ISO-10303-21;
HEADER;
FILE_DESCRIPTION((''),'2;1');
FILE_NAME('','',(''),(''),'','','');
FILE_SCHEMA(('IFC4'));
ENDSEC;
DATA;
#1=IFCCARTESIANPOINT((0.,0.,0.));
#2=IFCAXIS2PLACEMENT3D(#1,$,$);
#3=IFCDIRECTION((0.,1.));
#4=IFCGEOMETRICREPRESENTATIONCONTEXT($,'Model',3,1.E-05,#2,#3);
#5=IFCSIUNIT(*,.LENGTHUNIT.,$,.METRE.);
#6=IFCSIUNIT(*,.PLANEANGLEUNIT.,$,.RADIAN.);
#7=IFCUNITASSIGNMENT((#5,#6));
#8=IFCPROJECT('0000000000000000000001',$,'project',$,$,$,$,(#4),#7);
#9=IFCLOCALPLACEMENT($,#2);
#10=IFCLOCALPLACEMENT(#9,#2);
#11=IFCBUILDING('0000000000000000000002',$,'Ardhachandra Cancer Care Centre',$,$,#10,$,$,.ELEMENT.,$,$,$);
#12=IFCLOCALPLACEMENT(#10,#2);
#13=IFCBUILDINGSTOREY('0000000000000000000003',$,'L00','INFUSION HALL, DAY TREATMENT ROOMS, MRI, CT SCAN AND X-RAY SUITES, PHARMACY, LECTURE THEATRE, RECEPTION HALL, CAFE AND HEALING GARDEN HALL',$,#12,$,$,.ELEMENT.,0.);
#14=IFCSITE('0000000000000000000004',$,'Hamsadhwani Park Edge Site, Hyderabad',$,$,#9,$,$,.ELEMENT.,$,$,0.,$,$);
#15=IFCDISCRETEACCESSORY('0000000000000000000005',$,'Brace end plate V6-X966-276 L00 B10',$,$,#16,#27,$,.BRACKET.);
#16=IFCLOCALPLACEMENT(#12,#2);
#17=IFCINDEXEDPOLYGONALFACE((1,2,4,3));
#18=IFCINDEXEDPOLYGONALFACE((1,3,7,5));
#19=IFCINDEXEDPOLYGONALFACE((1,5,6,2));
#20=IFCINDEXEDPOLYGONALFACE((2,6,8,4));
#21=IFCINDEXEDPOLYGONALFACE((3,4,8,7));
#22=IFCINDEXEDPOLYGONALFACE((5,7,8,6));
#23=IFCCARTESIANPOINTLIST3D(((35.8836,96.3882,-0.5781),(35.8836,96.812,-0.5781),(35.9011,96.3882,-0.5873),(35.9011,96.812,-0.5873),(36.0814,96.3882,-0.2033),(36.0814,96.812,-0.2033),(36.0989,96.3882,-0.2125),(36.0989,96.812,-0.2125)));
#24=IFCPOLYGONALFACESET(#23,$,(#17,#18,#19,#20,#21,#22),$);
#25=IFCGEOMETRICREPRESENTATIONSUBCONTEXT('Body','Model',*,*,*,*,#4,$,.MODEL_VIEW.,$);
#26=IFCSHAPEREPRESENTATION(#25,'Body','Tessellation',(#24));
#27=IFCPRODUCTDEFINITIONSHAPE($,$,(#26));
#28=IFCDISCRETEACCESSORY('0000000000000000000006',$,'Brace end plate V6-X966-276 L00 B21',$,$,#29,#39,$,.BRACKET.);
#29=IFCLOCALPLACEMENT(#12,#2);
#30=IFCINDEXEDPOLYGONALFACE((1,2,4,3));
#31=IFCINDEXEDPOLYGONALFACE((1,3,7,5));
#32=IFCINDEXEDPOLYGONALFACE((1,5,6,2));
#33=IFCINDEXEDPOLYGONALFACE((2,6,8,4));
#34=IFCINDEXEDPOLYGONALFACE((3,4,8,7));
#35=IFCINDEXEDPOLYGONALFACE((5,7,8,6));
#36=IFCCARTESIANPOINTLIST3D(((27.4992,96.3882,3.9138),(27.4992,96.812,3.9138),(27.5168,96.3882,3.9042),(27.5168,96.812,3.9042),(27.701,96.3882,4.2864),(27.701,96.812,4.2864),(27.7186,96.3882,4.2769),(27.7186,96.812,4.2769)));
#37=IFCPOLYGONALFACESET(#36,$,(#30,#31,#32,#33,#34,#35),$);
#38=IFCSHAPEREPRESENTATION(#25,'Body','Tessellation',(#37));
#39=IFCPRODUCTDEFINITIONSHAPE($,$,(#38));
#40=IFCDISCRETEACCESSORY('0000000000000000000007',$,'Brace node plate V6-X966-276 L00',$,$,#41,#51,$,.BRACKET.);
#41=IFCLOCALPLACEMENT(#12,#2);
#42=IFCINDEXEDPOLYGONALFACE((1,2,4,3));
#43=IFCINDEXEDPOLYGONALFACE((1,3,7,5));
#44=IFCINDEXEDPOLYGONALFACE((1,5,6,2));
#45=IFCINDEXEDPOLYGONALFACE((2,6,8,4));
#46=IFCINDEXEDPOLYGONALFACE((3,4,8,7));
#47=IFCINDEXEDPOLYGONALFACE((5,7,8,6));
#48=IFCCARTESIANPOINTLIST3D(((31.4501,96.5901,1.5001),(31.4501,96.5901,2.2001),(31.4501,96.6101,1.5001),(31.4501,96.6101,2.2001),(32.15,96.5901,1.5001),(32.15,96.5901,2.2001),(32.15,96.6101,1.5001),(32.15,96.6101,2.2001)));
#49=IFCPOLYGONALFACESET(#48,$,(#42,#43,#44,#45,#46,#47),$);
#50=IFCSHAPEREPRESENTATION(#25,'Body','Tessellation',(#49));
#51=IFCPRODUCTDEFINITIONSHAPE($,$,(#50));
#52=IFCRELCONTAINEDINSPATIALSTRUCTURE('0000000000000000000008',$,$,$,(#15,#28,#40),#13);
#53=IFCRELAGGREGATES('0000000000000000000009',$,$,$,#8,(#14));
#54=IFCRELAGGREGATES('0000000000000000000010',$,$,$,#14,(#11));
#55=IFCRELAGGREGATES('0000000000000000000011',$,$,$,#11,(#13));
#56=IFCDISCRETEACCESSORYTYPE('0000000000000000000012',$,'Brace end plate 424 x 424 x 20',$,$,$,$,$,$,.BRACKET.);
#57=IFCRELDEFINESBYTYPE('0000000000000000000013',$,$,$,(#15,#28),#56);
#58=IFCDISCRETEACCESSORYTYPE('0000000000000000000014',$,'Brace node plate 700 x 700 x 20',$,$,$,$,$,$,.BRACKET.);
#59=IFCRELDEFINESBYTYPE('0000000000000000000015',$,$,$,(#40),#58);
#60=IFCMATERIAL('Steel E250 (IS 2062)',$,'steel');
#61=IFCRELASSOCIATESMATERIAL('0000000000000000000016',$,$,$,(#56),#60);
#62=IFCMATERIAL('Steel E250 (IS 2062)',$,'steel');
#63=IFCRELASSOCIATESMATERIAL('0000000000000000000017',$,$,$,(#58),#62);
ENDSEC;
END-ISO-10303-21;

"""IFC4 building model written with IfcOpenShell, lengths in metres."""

from ifc_helpers import new_model, si_unit, direction, frame, origin, origin_2d, place, context, subcontext, project, spatial, rectangle, extrude, material, material_profile, profile_set, type_object, element, save


model = new_model("IFC4")

# Units and contexts
model_context = context("Model", 3, precision=1e-05, world=origin(), true_north=direction((0.0, 1.0)))
body_context = subcontext(model_context, "Body", "Model", "MODEL_VIEW")
ifc_project = project(units=[si_unit("LENGTHUNIT", "METRE"), si_unit("PLANEANGLEUNIT", "RADIAN")], contexts=[model_context])

# Site, building, storey
site_placement = place(None, origin())
site = spatial("IfcSite", under=ifc_project, at=site_placement, Name="Hamsadhwani Park Edge Site, Hyderabad", CompositionType="ELEMENT", RefElevation=0.0)
building_placement = place(site_placement, origin())
building = spatial("IfcBuilding", under=site, at=building_placement, Name="Ardhachandra Cancer Care Centre", CompositionType="ELEMENT")
storey_placement = place(building_placement, origin())
storey = spatial("IfcBuildingStorey", under=building, at=storey_placement, Name="L00", Description="INFUSION HALL, DAY TREATMENT ROOMS, MRI, CT SCAN AND X-RAY SUITES, PHARMACY, LECTURE THEATRE, RECEPTION HALL, CAFE AND HEALING GARDEN HALL", CompositionType="ELEMENT", Elevation=0.0)

# Discrete accessories
ifc_material_1 = material(Name="Steel E250 (IS 2062)", Category="steel")
ifc_material_profile_1 = material_profile(ifc_material_1, rectangle(XDim=0.4238, YDim=0.4238, at=origin_2d()), Name="PL 424x424x20")
ifc_profile_set_1 = profile_set([ifc_material_profile_1], Name="Steel E250 (IS 2062)")
discrete_accessory_type_1 = type_object("IfcDiscreteAccessoryType", Name="Brace end plate 424 x 424 x 20", PredefinedType="BRACKET", material=ifc_profile_set_1)
discrete_accessory_1_placement = place(storey_placement, frame((36.0, 96.6001, -0.3999), z_axis=(-0.884385, 0.0, 0.466759), x_axis=(0.0, -1.0, 0.0)))
element("IfcDiscreteAccessory", 1, at=discrete_accessory_1_placement, inside=storey, type_object=discrete_accessory_type_1, Name="Brace end plate V6-X966-276 L00 B10", PredefinedType="BRACKET", context=body_context, shape_type="SweptSolid", body=[
    extrude(rectangle(XDim=0.4238, YDim=0.4238, at=origin_2d()), origin(), (0.0, 0.0, 1.0), 0.0198),
])
discrete_accessory_2_placement = place(storey_placement, frame((27.6001, 96.6001, 4.1001), z_axis=(0.879292, 0.0, -0.476283), x_axis=(0.0, 1.0, 0.0)))
element("IfcDiscreteAccessory", 2, at=discrete_accessory_2_placement, inside=storey, type_object=discrete_accessory_type_1, Name="Brace end plate V6-X966-276 L00 B21", PredefinedType="BRACKET", context=body_context, shape_type="SweptSolid", body=[
    extrude(rectangle(XDim=0.4238, YDim=0.4238, at=origin_2d()), origin(), (0.0, 0.0, 1.0), 0.02),
])
ifc_material_2 = material(Name="Steel E250 (IS 2062)", Category="steel")
ifc_material_profile_2 = material_profile(ifc_material_2, rectangle(XDim=0.7, YDim=0.7, at=origin_2d()), Name="PL 700x700x20")
ifc_profile_set_2 = profile_set([ifc_material_profile_2], Name="Steel E250 (IS 2062)")
discrete_accessory_type_2 = type_object("IfcDiscreteAccessoryType", Name="Brace node plate 700 x 700 x 20", PredefinedType="BRACKET", material=ifc_profile_set_2)
discrete_accessory_3_placement = place(storey_placement, frame((31.8, 96.5901, 1.8501), z_axis=(0.0, 1.0, 0.0), x_axis=(-1.0, 0.0, 0.0)))
element("IfcDiscreteAccessory", 3, at=discrete_accessory_3_placement, inside=storey, type_object=discrete_accessory_type_2, Name="Brace node plate V6-X966-276 L00", PredefinedType="BRACKET", context=body_context, shape_type="SweptSolid", body=[
    extrude(rectangle(XDim=0.7, YDim=0.7, at=origin_2d()), origin(), (0.0, 0.0, 1.0), 0.02),
])

save(model, "model.ifc")
